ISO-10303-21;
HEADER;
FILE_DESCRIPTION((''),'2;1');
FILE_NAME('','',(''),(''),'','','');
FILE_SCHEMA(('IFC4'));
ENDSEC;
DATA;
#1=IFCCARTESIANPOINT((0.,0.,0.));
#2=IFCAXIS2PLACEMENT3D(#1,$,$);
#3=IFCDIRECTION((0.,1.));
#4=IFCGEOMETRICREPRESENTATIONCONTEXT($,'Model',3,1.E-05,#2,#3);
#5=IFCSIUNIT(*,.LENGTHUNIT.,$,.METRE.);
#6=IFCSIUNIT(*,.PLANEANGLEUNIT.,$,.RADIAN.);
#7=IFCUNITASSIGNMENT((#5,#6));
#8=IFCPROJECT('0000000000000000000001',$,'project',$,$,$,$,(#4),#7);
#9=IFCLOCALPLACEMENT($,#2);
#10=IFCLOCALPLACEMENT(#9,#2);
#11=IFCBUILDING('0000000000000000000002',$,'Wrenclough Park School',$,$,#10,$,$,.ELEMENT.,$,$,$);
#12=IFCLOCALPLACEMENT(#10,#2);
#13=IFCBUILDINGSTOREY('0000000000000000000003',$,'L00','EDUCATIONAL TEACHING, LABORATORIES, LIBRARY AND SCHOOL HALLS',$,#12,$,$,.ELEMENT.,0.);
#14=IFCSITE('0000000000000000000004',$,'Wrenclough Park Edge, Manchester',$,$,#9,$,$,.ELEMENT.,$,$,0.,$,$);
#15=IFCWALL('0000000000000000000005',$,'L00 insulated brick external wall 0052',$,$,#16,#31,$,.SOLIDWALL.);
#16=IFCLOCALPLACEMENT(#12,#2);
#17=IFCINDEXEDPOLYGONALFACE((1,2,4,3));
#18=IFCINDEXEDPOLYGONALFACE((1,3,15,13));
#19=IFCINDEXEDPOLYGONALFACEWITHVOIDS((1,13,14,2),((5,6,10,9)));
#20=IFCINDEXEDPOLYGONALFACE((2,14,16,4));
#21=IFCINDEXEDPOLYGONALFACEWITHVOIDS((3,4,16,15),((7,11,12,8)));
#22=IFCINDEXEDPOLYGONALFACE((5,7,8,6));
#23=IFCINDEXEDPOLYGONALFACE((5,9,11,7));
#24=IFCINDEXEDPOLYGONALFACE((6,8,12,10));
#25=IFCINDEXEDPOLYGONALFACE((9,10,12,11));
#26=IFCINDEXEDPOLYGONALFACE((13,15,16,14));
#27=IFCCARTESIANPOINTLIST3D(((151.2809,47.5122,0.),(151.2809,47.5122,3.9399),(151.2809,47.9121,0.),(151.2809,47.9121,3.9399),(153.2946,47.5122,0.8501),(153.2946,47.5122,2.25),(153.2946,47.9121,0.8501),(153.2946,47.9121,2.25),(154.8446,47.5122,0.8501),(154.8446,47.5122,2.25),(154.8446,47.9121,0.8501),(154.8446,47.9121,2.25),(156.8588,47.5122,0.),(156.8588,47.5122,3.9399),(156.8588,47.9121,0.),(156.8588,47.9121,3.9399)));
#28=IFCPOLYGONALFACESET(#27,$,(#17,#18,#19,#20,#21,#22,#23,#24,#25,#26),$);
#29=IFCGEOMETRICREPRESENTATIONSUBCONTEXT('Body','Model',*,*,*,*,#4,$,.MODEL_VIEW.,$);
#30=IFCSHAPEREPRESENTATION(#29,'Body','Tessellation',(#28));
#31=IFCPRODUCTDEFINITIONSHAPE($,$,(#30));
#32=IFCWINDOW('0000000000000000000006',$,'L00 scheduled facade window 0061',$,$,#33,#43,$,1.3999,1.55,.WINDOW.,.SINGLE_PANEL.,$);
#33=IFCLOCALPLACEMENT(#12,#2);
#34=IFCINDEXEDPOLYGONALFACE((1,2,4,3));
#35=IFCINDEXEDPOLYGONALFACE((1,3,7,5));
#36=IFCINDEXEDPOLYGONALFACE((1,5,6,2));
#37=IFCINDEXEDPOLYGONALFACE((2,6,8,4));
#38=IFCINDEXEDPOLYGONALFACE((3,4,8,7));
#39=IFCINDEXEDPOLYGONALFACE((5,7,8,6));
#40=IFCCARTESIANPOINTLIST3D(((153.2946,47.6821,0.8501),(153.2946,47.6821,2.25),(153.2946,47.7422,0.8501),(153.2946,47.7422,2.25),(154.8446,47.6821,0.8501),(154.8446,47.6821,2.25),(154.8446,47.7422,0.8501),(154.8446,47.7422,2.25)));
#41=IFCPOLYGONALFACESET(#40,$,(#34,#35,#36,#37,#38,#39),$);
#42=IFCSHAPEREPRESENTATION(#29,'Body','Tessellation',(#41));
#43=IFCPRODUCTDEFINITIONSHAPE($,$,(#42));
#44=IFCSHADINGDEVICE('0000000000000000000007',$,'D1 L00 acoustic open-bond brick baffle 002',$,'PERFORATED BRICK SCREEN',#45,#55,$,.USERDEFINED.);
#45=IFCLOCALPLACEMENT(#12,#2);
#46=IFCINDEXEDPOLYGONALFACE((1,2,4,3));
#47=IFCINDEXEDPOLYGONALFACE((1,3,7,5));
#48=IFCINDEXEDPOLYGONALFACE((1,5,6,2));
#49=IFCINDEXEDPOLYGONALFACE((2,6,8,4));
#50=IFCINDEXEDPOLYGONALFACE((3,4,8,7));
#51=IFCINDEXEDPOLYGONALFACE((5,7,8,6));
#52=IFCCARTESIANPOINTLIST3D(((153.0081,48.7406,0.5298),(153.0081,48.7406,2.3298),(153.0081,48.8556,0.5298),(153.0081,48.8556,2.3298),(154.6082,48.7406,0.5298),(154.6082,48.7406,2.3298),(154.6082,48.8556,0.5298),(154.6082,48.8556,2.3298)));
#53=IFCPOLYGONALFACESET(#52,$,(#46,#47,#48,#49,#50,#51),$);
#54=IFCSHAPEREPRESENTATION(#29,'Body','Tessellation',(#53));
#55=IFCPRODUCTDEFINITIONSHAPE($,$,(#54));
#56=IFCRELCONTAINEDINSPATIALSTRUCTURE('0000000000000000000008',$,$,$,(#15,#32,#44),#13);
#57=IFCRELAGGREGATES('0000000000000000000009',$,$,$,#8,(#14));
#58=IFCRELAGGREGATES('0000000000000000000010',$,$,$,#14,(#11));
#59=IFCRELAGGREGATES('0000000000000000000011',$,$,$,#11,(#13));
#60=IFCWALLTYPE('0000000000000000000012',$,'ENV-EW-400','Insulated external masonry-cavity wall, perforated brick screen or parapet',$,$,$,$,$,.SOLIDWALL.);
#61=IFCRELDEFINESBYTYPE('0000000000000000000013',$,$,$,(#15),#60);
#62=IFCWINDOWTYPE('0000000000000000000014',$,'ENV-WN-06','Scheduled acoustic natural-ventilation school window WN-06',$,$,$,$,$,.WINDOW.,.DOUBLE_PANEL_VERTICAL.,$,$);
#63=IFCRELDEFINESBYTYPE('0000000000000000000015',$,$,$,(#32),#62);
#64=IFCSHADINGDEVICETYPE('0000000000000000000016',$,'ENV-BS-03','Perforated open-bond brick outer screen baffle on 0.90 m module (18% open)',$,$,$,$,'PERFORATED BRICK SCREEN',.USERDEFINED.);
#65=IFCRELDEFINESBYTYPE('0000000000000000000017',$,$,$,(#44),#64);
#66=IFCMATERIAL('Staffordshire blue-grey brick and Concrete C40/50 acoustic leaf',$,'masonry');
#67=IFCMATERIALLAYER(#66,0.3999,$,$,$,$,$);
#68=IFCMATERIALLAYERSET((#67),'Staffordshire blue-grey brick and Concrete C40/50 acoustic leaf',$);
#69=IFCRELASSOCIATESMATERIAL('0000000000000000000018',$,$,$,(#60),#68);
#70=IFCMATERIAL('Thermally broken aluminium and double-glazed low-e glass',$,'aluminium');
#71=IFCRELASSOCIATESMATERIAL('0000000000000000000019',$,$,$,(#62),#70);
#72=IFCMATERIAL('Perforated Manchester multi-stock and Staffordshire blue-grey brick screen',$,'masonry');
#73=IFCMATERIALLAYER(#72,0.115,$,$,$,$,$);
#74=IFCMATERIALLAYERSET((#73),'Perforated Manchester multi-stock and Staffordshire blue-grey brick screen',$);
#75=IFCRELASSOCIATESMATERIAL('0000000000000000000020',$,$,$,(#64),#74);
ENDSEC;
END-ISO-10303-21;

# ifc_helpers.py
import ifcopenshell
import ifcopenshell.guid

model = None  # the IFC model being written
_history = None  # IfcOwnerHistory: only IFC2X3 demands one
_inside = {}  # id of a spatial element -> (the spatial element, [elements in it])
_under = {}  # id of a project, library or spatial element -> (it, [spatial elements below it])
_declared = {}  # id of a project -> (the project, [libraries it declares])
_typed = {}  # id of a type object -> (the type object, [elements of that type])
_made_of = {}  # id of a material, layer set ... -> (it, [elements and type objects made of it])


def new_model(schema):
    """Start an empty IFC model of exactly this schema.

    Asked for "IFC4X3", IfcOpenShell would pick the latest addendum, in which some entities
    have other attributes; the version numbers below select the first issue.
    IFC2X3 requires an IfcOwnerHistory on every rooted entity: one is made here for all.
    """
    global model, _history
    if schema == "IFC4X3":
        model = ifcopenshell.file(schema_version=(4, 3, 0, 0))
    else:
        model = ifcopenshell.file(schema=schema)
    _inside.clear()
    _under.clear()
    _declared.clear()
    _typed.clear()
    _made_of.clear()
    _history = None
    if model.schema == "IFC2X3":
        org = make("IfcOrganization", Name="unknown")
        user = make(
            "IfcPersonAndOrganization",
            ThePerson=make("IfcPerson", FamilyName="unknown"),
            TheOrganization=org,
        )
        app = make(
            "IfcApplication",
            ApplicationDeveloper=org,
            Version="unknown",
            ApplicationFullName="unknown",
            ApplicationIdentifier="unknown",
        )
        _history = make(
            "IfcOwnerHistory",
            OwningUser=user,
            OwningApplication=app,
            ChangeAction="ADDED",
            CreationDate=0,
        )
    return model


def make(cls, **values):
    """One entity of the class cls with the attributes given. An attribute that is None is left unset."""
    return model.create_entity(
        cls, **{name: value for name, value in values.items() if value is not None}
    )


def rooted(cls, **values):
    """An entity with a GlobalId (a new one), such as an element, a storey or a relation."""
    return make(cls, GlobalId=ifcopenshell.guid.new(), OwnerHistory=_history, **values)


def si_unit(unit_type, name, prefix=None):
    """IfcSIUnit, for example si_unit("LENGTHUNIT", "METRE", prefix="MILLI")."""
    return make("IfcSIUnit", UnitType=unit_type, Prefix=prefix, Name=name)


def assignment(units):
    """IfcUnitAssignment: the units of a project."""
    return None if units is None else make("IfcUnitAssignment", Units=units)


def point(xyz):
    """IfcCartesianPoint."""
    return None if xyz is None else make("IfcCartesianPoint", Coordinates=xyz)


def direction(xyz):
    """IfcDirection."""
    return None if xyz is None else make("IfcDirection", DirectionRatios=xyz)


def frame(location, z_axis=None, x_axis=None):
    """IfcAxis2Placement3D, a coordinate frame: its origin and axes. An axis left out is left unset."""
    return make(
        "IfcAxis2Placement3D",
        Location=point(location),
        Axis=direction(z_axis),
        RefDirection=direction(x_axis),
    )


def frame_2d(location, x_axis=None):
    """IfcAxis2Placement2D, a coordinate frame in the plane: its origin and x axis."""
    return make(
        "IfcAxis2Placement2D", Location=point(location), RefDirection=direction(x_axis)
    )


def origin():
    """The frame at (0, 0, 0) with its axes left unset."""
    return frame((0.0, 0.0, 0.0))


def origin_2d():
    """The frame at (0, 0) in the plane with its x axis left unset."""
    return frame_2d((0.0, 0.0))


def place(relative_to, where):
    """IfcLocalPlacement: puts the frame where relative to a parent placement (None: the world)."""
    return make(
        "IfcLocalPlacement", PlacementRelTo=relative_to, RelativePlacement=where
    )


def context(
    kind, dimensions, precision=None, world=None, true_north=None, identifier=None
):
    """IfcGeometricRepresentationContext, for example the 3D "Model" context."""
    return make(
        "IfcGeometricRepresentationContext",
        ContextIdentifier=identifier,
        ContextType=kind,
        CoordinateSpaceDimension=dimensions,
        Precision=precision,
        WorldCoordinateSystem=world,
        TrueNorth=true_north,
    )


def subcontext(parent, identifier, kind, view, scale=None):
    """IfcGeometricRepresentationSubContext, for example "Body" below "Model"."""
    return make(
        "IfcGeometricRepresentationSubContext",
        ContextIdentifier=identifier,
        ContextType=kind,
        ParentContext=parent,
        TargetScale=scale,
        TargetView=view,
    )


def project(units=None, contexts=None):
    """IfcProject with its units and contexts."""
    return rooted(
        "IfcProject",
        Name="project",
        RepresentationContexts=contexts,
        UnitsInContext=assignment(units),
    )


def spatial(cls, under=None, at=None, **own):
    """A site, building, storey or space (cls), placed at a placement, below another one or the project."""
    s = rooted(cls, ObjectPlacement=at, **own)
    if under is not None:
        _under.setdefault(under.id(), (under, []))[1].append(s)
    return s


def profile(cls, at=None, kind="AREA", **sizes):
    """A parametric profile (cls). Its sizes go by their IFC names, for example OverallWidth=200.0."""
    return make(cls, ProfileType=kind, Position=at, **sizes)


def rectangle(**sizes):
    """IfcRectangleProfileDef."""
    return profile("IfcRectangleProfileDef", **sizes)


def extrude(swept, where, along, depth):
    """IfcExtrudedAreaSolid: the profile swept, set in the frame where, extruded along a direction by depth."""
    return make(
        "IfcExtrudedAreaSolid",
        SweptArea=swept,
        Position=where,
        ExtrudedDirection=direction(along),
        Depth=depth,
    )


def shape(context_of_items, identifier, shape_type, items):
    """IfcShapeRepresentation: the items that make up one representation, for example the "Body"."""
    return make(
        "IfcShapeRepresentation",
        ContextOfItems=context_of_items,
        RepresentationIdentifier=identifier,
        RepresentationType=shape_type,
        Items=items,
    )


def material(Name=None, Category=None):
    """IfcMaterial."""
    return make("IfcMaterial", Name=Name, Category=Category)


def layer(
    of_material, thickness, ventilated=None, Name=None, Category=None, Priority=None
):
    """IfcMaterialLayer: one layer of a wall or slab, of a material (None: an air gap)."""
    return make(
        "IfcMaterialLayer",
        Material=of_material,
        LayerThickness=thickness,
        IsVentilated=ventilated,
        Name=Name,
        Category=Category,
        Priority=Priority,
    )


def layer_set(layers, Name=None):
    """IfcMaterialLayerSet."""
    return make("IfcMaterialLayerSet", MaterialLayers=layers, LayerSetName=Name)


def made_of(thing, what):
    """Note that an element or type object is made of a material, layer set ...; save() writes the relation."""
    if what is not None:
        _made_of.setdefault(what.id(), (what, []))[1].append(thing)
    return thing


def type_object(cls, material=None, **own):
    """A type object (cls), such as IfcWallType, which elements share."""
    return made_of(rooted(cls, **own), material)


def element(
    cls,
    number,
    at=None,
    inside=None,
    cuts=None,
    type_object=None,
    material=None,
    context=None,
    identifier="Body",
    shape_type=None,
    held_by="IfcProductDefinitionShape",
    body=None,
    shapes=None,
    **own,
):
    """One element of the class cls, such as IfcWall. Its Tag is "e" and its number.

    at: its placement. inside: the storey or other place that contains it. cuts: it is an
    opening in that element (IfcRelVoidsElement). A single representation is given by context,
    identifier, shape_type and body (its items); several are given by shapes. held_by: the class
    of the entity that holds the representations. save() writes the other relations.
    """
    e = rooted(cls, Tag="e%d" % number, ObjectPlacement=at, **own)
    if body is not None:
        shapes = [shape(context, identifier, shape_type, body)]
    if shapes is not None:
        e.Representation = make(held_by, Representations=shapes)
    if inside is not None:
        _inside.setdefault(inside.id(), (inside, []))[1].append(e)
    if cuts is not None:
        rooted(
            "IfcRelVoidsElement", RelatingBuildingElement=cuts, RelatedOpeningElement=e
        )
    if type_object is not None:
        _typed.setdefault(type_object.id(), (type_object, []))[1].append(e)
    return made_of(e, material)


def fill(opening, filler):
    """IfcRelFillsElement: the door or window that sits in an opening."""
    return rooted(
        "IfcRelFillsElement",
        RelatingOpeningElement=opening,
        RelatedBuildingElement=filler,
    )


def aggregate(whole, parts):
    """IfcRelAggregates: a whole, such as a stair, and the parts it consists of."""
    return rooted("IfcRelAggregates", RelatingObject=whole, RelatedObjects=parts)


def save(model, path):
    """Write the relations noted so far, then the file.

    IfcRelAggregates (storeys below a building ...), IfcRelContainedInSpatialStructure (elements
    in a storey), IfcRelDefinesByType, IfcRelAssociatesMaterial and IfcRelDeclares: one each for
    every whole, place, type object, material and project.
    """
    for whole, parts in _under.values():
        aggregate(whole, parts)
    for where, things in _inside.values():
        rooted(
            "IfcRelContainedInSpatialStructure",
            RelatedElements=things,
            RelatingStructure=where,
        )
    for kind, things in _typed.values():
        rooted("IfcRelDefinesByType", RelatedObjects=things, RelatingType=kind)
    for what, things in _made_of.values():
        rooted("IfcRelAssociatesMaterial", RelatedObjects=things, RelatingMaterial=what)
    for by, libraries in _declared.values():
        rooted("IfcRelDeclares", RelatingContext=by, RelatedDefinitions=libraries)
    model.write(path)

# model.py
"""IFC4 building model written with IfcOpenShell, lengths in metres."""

from ifc_helpers import new_model, si_unit, direction, frame, frame_2d, origin, origin_2d, place, context, subcontext, project, spatial, rectangle, extrude, material, layer, layer_set, type_object, element, fill, save


model = new_model("IFC4")

# Units and contexts
model_context = context("Model", 3, precision=1e-05, world=origin(), true_north=direction((0.0, 1.0)))
body_context = subcontext(model_context, "Body", "Model", "MODEL_VIEW")
ifc_project = project(units=[si_unit("LENGTHUNIT", "METRE"), si_unit("PLANEANGLEUNIT", "RADIAN")], contexts=[model_context])

# Site, building, storey
site_placement = place(None, origin())
site = spatial("IfcSite", under=ifc_project, at=site_placement, Name="Wrenclough Park Edge, Manchester", CompositionType="ELEMENT", RefElevation=0.0)
building_placement = place(site_placement, origin())
building = spatial("IfcBuilding", under=site, at=building_placement, Name="Wrenclough Park School", CompositionType="ELEMENT")
storey_placement = place(building_placement, origin())
storey = spatial("IfcBuildingStorey", under=building, at=storey_placement, Name="L00", Description="EDUCATIONAL TEACHING, LABORATORIES, LIBRARY AND SCHOOL HALLS", CompositionType="ELEMENT", Elevation=0.0)

# Wall, opening, window
ifc_material_1 = material(Name="Staffordshire blue-grey brick and Concrete C40/50 acoustic leaf", Category="masonry")
ifc_layer_1 = layer(ifc_material_1, 0.3999)
ifc_layer_set_1 = layer_set([ifc_layer_1], Name="Staffordshire blue-grey brick and Concrete C40/50 acoustic leaf")
wall_type_1 = type_object("IfcWallType", Name="ENV-EW-400", Description="Insulated external masonry-cavity wall, perforated brick screen or parapet", PredefinedType="SOLIDWALL", material=ifc_layer_set_1)
wall_1_placement = place(storey_placement, frame((151.2808, 47.7122, 0.0), z_axis=(0.0, 0.0, 1.0), x_axis=(1.0, 0.0, 0.0)))
wall_1 = element("IfcWall", 1, at=wall_1_placement, inside=storey, type_object=wall_type_1, Name="L00 insulated brick external wall 0052", PredefinedType="SOLIDWALL", context=body_context, shape_type="SweptSolid", body=[
    extrude(rectangle(XDim=5.5779, YDim=0.3999, at=frame_2d((2.7891, 0.0))), origin(), (0.0, 0.0, 1.0), 3.9399),
])
opening_placement = place(wall_1_placement, frame((2.0139, 0.0, 0.8501)))
opening = element("IfcOpeningElement", 2, at=opening_placement, cuts=wall_1, PredefinedType="OPENING", context=body_context, shape_type="SweptSolid", body=[
    extrude(rectangle(XDim=1.55, YDim=1.3999, at=frame_2d((0.7749, 0.7))), frame((0.0, 0.21, 0.0), z_axis=(0.0, -1.0, 0.0), x_axis=(1.0, 0.0, 0.0)), (0.0, 0.0, 1.0), 0.4199),
])
ifc_material_2 = material(Name="Thermally broken aluminium and double-glazed low-e glass", Category="aluminium")
window_type = type_object("IfcWindowType", Name="ENV-WN-06", Description="Scheduled acoustic natural-ventilation school window WN-06", PartitioningType="DOUBLE_PANEL_VERTICAL", PredefinedType="WINDOW", material=ifc_material_2)
window_placement = place(opening_placement, origin())
window = element("IfcWindow", 3, at=window_placement, inside=storey, type_object=window_type, Name="L00 scheduled facade window 0061", OverallHeight=1.3999, OverallWidth=1.55, PartitioningType="SINGLE_PANEL", PredefinedType="WINDOW", context=body_context, shape_type="SweptSolid", body=[
    extrude(rectangle(XDim=1.55, YDim=1.3999, at=frame_2d((0.7749, 0.7))), frame((0.0, 0.03, 0.0), z_axis=(0.0, -1.0, 0.0), x_axis=(1.0, 0.0, 0.0)), (0.0, 0.0, 1.0), 0.0601),
])
fill(opening, window)

# Shading device
ifc_material_3 = material(Name="Perforated Manchester multi-stock and Staffordshire blue-grey brick screen", Category="masonry")
ifc_layer_2 = layer(ifc_material_3, 0.115)
ifc_layer_set_2 = layer_set([ifc_layer_2], Name="Perforated Manchester multi-stock and Staffordshire blue-grey brick screen")
shading_device_type = type_object("IfcShadingDeviceType", Name="ENV-BS-03", Description="Perforated open-bond brick outer screen baffle on 0.90 m module (18% open)", ElementType="PERFORATED BRICK SCREEN", PredefinedType="USERDEFINED", material=ifc_layer_set_2)
shading_device_placement = place(storey_placement, frame((153.8081, 48.7981, 0.5298), z_axis=(0.0, 0.0, 1.0), x_axis=(-1.0, 0.0, 0.0)))
element("IfcShadingDevice", 4, at=shading_device_placement, inside=storey, type_object=shading_device_type, Name="D1 L00 acoustic open-bond brick baffle 002", ObjectType="PERFORATED BRICK SCREEN", PredefinedType="USERDEFINED", context=body_context, shape_type="SweptSolid", body=[
    extrude(rectangle(XDim=1.6001, YDim=0.115, at=origin_2d()), origin(), (0.0, 0.0, 1.0), 1.8),
])

save(model, "model.ifc")
